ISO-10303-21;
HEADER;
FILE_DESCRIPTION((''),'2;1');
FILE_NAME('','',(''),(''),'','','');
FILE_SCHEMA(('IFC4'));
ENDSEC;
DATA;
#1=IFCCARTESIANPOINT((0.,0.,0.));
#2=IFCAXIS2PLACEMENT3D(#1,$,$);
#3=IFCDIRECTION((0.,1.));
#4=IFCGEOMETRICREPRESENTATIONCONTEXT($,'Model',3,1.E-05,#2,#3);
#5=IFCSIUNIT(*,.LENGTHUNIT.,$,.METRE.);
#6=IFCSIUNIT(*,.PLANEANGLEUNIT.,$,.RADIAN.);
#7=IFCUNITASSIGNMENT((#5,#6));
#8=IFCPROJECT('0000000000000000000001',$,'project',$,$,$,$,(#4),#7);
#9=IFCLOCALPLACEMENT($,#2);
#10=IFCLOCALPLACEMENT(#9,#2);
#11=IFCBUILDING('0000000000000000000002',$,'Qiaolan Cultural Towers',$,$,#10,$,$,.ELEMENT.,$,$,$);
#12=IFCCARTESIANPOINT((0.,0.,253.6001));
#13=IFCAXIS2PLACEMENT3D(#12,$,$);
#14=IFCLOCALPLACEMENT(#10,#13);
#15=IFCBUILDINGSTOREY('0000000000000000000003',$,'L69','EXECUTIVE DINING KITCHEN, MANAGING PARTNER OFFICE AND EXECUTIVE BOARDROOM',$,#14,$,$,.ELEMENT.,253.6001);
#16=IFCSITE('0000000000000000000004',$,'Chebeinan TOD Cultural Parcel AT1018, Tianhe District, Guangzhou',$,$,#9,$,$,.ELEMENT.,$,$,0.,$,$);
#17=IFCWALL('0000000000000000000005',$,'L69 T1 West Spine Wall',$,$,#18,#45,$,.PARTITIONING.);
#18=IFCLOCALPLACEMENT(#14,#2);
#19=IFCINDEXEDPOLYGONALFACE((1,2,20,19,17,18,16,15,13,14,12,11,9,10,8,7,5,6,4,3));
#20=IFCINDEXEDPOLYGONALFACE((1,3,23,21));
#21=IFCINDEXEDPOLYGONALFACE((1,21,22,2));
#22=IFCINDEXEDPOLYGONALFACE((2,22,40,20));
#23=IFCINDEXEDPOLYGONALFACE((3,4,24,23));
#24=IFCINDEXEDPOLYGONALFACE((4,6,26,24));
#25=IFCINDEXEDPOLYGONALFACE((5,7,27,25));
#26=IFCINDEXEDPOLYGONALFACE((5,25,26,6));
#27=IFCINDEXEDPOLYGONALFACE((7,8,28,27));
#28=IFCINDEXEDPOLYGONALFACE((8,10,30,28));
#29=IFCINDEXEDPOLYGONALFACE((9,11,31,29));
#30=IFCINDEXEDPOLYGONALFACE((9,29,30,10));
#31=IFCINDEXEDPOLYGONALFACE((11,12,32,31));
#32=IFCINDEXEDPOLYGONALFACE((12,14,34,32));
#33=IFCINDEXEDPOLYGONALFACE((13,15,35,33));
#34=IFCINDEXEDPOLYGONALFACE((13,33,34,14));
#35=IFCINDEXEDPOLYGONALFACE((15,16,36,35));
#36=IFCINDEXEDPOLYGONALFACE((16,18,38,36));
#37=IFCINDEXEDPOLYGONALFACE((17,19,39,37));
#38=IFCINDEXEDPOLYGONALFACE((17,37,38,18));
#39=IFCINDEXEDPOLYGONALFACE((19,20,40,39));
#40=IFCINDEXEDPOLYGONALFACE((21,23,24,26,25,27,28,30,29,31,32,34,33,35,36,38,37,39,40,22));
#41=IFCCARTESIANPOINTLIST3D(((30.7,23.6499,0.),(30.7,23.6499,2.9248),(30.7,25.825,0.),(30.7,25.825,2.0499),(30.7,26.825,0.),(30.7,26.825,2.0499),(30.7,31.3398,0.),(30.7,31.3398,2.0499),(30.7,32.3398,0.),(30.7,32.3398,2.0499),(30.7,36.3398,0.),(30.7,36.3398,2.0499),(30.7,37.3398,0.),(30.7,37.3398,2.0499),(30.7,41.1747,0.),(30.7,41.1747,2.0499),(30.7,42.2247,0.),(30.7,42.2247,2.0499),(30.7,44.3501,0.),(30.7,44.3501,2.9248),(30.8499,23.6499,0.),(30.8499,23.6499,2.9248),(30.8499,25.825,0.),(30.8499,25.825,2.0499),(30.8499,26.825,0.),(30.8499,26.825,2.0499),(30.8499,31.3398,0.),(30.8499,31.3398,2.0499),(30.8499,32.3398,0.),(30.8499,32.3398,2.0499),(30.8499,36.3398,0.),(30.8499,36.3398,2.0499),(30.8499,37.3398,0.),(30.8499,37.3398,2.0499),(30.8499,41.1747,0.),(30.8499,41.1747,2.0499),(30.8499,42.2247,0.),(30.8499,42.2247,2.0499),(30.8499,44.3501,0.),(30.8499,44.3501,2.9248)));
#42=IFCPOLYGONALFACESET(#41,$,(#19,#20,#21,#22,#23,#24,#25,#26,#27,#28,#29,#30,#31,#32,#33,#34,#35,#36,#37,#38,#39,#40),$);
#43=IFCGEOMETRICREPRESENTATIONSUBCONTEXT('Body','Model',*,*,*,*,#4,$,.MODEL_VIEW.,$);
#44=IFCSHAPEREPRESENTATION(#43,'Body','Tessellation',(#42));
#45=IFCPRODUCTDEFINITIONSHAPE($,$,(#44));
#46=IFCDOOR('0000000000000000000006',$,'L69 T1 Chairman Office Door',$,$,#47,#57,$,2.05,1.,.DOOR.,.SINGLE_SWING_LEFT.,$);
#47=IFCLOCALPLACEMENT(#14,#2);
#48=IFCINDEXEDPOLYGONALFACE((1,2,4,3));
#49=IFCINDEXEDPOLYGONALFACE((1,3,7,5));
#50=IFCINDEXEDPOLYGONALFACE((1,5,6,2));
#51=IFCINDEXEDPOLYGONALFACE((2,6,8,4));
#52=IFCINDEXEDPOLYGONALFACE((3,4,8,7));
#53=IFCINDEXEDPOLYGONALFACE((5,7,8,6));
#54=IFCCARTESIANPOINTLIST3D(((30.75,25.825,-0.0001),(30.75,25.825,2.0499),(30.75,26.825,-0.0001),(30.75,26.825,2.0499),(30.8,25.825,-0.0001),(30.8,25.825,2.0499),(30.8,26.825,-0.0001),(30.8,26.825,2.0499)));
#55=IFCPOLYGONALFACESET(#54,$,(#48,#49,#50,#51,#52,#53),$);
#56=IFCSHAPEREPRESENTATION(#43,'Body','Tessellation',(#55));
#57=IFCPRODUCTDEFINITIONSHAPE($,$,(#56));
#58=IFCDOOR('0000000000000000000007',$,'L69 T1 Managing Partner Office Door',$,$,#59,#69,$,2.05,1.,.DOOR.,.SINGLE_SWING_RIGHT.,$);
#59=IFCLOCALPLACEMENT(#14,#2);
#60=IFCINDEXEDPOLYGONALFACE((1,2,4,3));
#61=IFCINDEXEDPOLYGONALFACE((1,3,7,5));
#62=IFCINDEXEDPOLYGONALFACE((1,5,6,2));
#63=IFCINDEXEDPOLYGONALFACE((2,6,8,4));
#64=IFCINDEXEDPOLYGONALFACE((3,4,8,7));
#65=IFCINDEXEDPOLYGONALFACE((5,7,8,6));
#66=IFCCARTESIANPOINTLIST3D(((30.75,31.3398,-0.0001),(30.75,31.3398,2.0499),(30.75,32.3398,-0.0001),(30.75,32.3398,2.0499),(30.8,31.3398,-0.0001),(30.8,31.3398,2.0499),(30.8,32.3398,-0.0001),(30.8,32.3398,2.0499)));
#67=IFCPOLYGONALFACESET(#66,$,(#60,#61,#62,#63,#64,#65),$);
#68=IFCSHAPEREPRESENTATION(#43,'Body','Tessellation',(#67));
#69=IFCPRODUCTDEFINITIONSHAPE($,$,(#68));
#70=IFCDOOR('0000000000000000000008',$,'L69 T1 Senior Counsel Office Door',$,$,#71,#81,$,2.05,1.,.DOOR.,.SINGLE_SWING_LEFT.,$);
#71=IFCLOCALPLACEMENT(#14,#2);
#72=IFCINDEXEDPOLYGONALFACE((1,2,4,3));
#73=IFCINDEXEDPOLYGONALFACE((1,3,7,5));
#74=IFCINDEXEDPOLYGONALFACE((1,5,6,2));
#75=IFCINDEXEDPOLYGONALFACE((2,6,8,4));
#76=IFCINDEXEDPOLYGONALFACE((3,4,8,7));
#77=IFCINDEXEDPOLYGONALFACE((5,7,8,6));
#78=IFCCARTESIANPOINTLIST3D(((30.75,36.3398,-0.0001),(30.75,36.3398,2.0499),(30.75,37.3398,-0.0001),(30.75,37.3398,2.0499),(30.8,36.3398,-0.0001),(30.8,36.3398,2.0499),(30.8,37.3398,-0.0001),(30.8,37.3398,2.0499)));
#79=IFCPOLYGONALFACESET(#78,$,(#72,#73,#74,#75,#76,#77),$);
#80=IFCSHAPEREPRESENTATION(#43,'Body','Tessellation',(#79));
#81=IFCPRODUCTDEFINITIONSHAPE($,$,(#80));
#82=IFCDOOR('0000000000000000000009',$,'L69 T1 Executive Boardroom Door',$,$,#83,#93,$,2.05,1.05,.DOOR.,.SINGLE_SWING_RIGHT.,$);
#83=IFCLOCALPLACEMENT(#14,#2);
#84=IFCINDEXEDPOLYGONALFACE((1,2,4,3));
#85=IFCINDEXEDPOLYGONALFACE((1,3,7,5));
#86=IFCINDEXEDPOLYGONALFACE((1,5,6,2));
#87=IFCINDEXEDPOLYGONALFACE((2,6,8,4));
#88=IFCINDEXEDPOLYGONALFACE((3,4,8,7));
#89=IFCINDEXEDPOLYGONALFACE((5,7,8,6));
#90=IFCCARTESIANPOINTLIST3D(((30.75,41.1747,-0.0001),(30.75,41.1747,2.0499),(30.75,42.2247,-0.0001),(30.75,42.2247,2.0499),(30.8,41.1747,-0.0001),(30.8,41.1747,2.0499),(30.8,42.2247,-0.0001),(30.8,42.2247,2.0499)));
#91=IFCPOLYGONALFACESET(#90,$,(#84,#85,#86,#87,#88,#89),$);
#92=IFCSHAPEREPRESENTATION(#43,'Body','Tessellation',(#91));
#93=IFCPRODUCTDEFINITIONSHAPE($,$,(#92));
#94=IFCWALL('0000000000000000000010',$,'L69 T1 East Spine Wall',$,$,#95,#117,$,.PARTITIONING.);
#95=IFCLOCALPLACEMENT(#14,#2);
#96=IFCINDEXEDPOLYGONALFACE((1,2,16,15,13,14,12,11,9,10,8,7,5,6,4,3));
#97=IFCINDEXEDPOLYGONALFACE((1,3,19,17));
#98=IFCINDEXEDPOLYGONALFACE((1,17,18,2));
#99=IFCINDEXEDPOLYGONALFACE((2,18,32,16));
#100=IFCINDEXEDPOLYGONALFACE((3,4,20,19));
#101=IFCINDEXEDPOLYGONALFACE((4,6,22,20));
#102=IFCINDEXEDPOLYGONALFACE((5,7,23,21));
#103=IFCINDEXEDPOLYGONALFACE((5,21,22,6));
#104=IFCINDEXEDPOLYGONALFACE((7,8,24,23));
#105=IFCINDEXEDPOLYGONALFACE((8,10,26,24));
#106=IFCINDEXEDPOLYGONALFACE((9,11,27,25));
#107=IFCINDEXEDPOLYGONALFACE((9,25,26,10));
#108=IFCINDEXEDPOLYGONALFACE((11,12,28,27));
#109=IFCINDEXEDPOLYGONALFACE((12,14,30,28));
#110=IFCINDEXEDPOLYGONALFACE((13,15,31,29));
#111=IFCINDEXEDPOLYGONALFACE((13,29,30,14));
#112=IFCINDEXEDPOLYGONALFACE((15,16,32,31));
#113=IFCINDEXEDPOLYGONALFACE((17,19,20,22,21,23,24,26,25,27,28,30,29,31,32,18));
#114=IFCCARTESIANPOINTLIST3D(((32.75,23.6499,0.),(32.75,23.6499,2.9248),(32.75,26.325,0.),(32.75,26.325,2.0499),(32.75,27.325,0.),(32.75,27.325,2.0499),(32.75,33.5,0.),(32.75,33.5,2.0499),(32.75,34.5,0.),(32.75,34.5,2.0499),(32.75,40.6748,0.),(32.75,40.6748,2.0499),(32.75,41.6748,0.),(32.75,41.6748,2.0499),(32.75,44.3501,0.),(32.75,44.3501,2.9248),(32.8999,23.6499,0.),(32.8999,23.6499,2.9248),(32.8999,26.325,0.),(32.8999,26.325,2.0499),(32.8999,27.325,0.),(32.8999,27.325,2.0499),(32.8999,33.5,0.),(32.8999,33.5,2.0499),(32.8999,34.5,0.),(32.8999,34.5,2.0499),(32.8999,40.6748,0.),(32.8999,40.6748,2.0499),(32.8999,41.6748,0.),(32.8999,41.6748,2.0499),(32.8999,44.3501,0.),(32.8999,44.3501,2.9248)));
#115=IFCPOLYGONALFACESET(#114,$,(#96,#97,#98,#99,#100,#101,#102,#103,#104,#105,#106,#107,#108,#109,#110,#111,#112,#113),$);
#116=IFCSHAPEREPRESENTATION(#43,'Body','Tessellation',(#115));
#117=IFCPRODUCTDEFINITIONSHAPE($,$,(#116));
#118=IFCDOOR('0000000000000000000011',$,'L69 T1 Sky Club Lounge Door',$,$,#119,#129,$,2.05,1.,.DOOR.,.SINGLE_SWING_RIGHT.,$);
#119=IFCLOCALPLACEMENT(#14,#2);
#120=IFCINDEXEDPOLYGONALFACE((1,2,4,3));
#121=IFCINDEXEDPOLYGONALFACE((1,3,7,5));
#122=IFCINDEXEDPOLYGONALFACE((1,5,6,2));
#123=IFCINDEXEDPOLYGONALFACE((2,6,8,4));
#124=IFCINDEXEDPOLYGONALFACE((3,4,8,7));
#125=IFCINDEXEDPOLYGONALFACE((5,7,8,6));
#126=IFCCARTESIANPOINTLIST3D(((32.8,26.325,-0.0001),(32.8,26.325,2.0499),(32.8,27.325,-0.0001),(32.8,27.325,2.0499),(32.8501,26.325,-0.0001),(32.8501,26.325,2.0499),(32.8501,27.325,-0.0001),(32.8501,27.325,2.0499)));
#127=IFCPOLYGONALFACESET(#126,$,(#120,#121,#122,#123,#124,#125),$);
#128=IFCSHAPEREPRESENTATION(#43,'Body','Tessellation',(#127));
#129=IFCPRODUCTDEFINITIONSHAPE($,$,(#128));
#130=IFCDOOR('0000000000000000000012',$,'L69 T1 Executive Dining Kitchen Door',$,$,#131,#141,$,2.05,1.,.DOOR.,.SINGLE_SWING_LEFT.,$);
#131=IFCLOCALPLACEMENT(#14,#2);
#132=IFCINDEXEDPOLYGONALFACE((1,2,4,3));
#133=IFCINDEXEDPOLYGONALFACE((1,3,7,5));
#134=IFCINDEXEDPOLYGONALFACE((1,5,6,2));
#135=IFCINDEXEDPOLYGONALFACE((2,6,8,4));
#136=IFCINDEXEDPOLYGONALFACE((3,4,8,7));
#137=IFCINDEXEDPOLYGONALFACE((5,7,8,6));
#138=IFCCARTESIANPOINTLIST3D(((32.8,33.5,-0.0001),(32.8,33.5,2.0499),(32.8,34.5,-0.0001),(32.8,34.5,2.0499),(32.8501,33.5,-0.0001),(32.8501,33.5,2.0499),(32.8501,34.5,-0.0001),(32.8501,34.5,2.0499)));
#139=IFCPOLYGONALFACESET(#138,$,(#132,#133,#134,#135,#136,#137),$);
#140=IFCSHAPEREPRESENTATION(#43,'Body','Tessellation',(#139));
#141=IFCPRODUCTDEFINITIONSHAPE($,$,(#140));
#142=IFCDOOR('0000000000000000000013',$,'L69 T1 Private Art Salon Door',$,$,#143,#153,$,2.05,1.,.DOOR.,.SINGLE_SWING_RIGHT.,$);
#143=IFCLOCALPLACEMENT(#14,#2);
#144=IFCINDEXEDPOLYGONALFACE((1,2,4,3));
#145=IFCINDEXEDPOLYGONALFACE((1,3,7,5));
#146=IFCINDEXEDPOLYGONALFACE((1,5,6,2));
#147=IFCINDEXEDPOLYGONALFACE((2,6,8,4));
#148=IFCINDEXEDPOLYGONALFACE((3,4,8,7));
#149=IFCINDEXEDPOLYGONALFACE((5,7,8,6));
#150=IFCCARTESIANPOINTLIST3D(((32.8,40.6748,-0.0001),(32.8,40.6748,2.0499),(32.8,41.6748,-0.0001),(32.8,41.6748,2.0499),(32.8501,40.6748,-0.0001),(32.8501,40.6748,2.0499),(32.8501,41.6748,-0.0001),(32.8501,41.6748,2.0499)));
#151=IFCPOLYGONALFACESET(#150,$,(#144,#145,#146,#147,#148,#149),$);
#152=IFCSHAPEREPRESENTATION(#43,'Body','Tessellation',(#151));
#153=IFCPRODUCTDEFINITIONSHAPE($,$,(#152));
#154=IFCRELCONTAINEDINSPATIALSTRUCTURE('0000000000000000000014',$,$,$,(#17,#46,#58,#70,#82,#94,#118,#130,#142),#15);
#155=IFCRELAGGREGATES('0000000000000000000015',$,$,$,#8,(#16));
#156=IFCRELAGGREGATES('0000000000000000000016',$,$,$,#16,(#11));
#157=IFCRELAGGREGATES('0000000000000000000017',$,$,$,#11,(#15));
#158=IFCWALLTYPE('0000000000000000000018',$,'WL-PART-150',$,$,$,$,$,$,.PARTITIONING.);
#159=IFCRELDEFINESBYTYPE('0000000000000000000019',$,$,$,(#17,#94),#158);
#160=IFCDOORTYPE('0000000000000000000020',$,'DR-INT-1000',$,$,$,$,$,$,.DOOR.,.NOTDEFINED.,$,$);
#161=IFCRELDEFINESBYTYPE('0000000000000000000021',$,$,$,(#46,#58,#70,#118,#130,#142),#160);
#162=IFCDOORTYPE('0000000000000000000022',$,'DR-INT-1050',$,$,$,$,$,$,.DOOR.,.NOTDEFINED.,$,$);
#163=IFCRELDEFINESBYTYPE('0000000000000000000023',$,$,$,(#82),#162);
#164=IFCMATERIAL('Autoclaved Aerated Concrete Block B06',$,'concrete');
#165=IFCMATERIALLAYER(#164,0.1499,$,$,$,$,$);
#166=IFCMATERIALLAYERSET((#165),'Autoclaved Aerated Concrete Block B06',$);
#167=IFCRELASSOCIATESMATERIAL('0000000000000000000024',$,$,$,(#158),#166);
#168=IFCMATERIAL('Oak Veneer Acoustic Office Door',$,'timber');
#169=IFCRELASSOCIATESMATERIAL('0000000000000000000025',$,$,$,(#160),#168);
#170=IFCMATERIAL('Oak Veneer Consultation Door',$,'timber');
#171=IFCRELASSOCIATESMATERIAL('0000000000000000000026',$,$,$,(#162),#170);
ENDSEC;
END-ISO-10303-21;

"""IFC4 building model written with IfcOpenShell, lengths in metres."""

from ifc_helpers import new_model, si_unit, direction, frame, frame_2d, origin, place, context, subcontext, project, spatial, rectangle, extrude, material, layer, layer_set, type_object, element, fill, save


model = new_model("IFC4")

# Units and contexts
model_context = context("Model", 3, precision=1e-05, world=origin(), true_north=direction((0.0, 1.0)))
body_context = subcontext(model_context, "Body", "Model", "MODEL_VIEW")
ifc_project = project(units=[si_unit("LENGTHUNIT", "METRE"), si_unit("PLANEANGLEUNIT", "RADIAN")], contexts=[model_context])

# Site, building, storey
site_placement = place(None, origin())
site = spatial("IfcSite", under=ifc_project, at=site_placement, Name="Chebeinan TOD Cultural Parcel AT1018, Tianhe District, Guangzhou", CompositionType="ELEMENT", RefElevation=0.0)
building_placement = place(site_placement, origin())
building = spatial("IfcBuilding", under=site, at=building_placement, Name="Qiaolan Cultural Towers", CompositionType="ELEMENT")
storey_placement = place(building_placement, frame((0.0, 0.0, 253.6001)))
storey = spatial("IfcBuildingStorey", under=building, at=storey_placement, Name="L69", Description="EXECUTIVE DINING KITCHEN, MANAGING PARTNER OFFICE AND EXECUTIVE BOARDROOM", CompositionType="ELEMENT", Elevation=253.6001)

# Shared definitions
ifc_material_1 = material(Name="Autoclaved Aerated Concrete Block B06", Category="concrete")
ifc_layer_1 = layer(ifc_material_1, 0.1499)
ifc_layer_set_1 = layer_set([ifc_layer_1], Name="Autoclaved Aerated Concrete Block B06")
wall_type_1 = type_object("IfcWallType", Name="WL-PART-150", PredefinedType="PARTITIONING", material=ifc_layer_set_1)
ifc_material_2 = material(Name="Oak Veneer Acoustic Office Door", Category="timber")
door_type_1 = type_object("IfcDoorType", Name="DR-INT-1000", OperationType="NOTDEFINED", PredefinedType="DOOR", material=ifc_material_2)

# Walls, openings, doors
wall_1_placement = place(storey_placement, frame((30.7749, 23.6499, 0.0), z_axis=(0.0, 0.0, 1.0), x_axis=(0.0, 1.0, 0.0)))
wall_1 = element("IfcWall", 1, at=wall_1_placement, inside=storey, type_object=wall_type_1, Name="L69 T1 West Spine Wall", PredefinedType="PARTITIONING", context=body_context, shape_type="SweptSolid", body=[
    extrude(rectangle(XDim=20.7002, YDim=0.1499, at=frame_2d((10.3501, 0.0))), origin(), (0.0, 0.0, 1.0), 2.9248),
])
opening_1_placement = place(wall_1_placement, frame((2.175, 0.0, 0.0)))
opening_1 = element("IfcOpeningElement", 2, at=opening_1_placement, cuts=wall_1, PredefinedType="OPENING", context=body_context, shape_type="SweptSolid", body=[
    extrude(rectangle(XDim=1.0, YDim=2.05, at=frame_2d((0.5, 1.0249))), frame((0.0, 0.085, 0.0), z_axis=(0.0, -1.0, 0.0), x_axis=(1.0, 0.0, 0.0)), (0.0, 0.0, 1.0), 0.1699),
])
opening_2_placement = place(wall_1_placement, frame((7.6899, 0.0, 0.0)))
opening_2 = element("IfcOpeningElement", 3, at=opening_2_placement, cuts=wall_1, PredefinedType="OPENING", context=body_context, shape_type="SweptSolid", body=[
    extrude(rectangle(XDim=1.0, YDim=2.05, at=frame_2d((0.5, 1.0249))), frame((0.0, 0.085, 0.0), z_axis=(0.0, -1.0, 0.0), x_axis=(1.0, 0.0, 0.0)), (0.0, 0.0, 1.0), 0.1699),
])
opening_3_placement = place(wall_1_placement, frame((12.6899, 0.0, 0.0)))
opening_3 = element("IfcOpeningElement", 4, at=opening_3_placement, cuts=wall_1, PredefinedType="OPENING", context=body_context, shape_type="SweptSolid", body=[
    extrude(rectangle(XDim=1.0, YDim=2.05, at=frame_2d((0.5, 1.0249))), frame((0.0, 0.085, 0.0), z_axis=(0.0, -1.0, 0.0), x_axis=(1.0, 0.0, 0.0)), (0.0, 0.0, 1.0), 0.1699),
])
opening_4_placement = place(wall_1_placement, frame((17.5249, 0.0, 0.0)))
opening_4 = element("IfcOpeningElement", 5, at=opening_4_placement, cuts=wall_1, PredefinedType="OPENING", context=body_context, shape_type="SweptSolid", body=[
    extrude(rectangle(XDim=1.05, YDim=2.05, at=frame_2d((0.5249, 1.0249))), frame((0.0, 0.085, 0.0), z_axis=(0.0, -1.0, 0.0), x_axis=(1.0, 0.0, 0.0)), (0.0, 0.0, 1.0), 0.1699),
])
door_1_placement = place(opening_1_placement, origin())
door_1 = element("IfcDoor", 6, at=door_1_placement, inside=storey, type_object=door_type_1, Name="L69 T1 Chairman Office Door", OperationType="SINGLE_SWING_LEFT", OverallHeight=2.05, OverallWidth=1.0, PredefinedType="DOOR", context=body_context, shape_type="SweptSolid", body=[
    extrude(rectangle(XDim=1.0, YDim=2.05, at=frame_2d((0.5, 1.0249))), frame((0.0, 0.0249, 0.0), z_axis=(0.0, -1.0, 0.0), x_axis=(1.0, 0.0, 0.0)), (0.0, 0.0, 1.0), 0.05),
])
fill(opening_1, door_1)
door_2_placement = place(opening_2_placement, origin())
door_2 = element("IfcDoor", 7, at=door_2_placement, inside=storey, type_object=door_type_1, Name="L69 T1 Managing Partner Office Door", OperationType="SINGLE_SWING_RIGHT", OverallHeight=2.05, OverallWidth=1.0, PredefinedType="DOOR", context=body_context, shape_type="SweptSolid", body=[
    extrude(rectangle(XDim=1.0, YDim=2.05, at=frame_2d((0.5, 1.0249))), frame((0.0, 0.0249, 0.0), z_axis=(0.0, -1.0, 0.0), x_axis=(1.0, 0.0, 0.0)), (0.0, 0.0, 1.0), 0.05),
])
fill(opening_2, door_2)
door_3_placement = place(opening_3_placement, origin())
door_3 = element("IfcDoor", 8, at=door_3_placement, inside=storey, type_object=door_type_1, Name="L69 T1 Senior Counsel Office Door", OperationType="SINGLE_SWING_LEFT", OverallHeight=2.05, OverallWidth=1.0, PredefinedType="DOOR", context=body_context, shape_type="SweptSolid", body=[
    extrude(rectangle(XDim=1.0, YDim=2.05, at=frame_2d((0.5, 1.0249))), frame((0.0, 0.0249, 0.0), z_axis=(0.0, -1.0, 0.0), x_axis=(1.0, 0.0, 0.0)), (0.0, 0.0, 1.0), 0.05),
])
fill(opening_3, door_3)
ifc_material_3 = material(Name="Oak Veneer Consultation Door", Category="timber")
door_type_2 = type_object("IfcDoorType", Name="DR-INT-1050", OperationType="NOTDEFINED", PredefinedType="DOOR", material=ifc_material_3)
door_4_placement = place(opening_4_placement, origin())
door_4 = element("IfcDoor", 9, at=door_4_placement, inside=storey, type_object=door_type_2, Name="L69 T1 Executive Boardroom Door", OperationType="SINGLE_SWING_RIGHT", OverallHeight=2.05, OverallWidth=1.05, PredefinedType="DOOR", context=body_context, shape_type="SweptSolid", body=[
    extrude(rectangle(XDim=1.05, YDim=2.05, at=frame_2d((0.5249, 1.0249))), frame((0.0, 0.0249, 0.0), z_axis=(0.0, -1.0, 0.0), x_axis=(1.0, 0.0, 0.0)), (0.0, 0.0, 1.0), 0.05),
])
fill(opening_4, door_4)
wall_2_placement = place(storey_placement, frame((32.825, 23.6499, 0.0), z_axis=(0.0, 0.0, 1.0), x_axis=(0.0, 1.0, 0.0)))
wall_2 = element("IfcWall", 10, at=wall_2_placement, inside=storey, type_object=wall_type_1, Name="L69 T1 East Spine Wall", PredefinedType="PARTITIONING", context=body_context, shape_type="SweptSolid", body=[
    extrude(rectangle(XDim=20.7002, YDim=0.1499, at=frame_2d((10.3501, 0.0))), origin(), (0.0, 0.0, 1.0), 2.9248),
])
opening_5_placement = place(wall_2_placement, frame((2.675, 0.0, 0.0)))
opening_5 = element("IfcOpeningElement", 11, at=opening_5_placement, cuts=wall_2, PredefinedType="OPENING", context=body_context, shape_type="SweptSolid", body=[
    extrude(rectangle(XDim=1.0, YDim=2.05, at=frame_2d((0.5, 1.0249))), frame((0.0, 0.085, 0.0), z_axis=(0.0, -1.0, 0.0), x_axis=(1.0, 0.0, 0.0)), (0.0, 0.0, 1.0), 0.1699),
])
opening_6_placement = place(wall_2_placement, frame((9.8501, 0.0, 0.0)))
opening_6 = element("IfcOpeningElement", 12, at=opening_6_placement, cuts=wall_2, PredefinedType="OPENING", context=body_context, shape_type="SweptSolid", body=[
    extrude(rectangle(XDim=1.0, YDim=2.05, at=frame_2d((0.5, 1.0249))), frame((0.0, 0.085, 0.0), z_axis=(0.0, -1.0, 0.0), x_axis=(1.0, 0.0, 0.0)), (0.0, 0.0, 1.0), 0.1699),
])
opening_7_placement = place(wall_2_placement, frame((17.0249, 0.0, 0.0)))
opening_7 = element("IfcOpeningElement", 13, at=opening_7_placement, cuts=wall_2, PredefinedType="OPENING", context=body_context, shape_type="SweptSolid", body=[
    extrude(rectangle(XDim=1.0, YDim=2.05, at=frame_2d((0.5, 1.0249))), frame((0.0, 0.085, 0.0), z_axis=(0.0, -1.0, 0.0), x_axis=(1.0, 0.0, 0.0)), (0.0, 0.0, 1.0), 0.1699),
])
door_5_placement = place(opening_5_placement, origin())
door_5 = element("IfcDoor", 14, at=door_5_placement, inside=storey, type_object=door_type_1, Name="L69 T1 Sky Club Lounge Door", OperationType="SINGLE_SWING_RIGHT", OverallHeight=2.05, OverallWidth=1.0, PredefinedType="DOOR", context=body_context, shape_type="SweptSolid", body=[
    extrude(rectangle(XDim=1.0, YDim=2.05, at=frame_2d((0.5, 1.0249))), frame((0.0, 0.0249, 0.0), z_axis=(0.0, -1.0, 0.0), x_axis=(1.0, 0.0, 0.0)), (0.0, 0.0, 1.0), 0.05),
])
fill(opening_5, door_5)
door_6_placement = place(opening_6_placement, origin())
door_6 = element("IfcDoor", 15, at=door_6_placement, inside=storey, type_object=door_type_1, Name="L69 T1 Executive Dining Kitchen Door", OperationType="SINGLE_SWING_LEFT", OverallHeight=2.05, OverallWidth=1.0, PredefinedType="DOOR", context=body_context, shape_type="SweptSolid", body=[
    extrude(rectangle(XDim=1.0, YDim=2.05, at=frame_2d((0.5, 1.0249))), frame((0.0, 0.0249, 0.0), z_axis=(0.0, -1.0, 0.0), x_axis=(1.0, 0.0, 0.0)), (0.0, 0.0, 1.0), 0.05),
])
fill(opening_6, door_6)
door_7_placement = place(opening_7_placement, origin())
door_7 = element("IfcDoor", 16, at=door_7_placement, inside=storey, type_object=door_type_1, Name="L69 T1 Private Art Salon Door", OperationType="SINGLE_SWING_RIGHT", OverallHeight=2.05, OverallWidth=1.0, PredefinedType="DOOR", context=body_context, shape_type="SweptSolid", body=[
    extrude(rectangle(XDim=1.0, YDim=2.05, at=frame_2d((0.5, 1.0249))), frame((0.0, 0.0249, 0.0), z_axis=(0.0, -1.0, 0.0), x_axis=(1.0, 0.0, 0.0)), (0.0, 0.0, 1.0), 0.05),
])
fill(opening_7, door_7)

save(model, "model.ifc")
